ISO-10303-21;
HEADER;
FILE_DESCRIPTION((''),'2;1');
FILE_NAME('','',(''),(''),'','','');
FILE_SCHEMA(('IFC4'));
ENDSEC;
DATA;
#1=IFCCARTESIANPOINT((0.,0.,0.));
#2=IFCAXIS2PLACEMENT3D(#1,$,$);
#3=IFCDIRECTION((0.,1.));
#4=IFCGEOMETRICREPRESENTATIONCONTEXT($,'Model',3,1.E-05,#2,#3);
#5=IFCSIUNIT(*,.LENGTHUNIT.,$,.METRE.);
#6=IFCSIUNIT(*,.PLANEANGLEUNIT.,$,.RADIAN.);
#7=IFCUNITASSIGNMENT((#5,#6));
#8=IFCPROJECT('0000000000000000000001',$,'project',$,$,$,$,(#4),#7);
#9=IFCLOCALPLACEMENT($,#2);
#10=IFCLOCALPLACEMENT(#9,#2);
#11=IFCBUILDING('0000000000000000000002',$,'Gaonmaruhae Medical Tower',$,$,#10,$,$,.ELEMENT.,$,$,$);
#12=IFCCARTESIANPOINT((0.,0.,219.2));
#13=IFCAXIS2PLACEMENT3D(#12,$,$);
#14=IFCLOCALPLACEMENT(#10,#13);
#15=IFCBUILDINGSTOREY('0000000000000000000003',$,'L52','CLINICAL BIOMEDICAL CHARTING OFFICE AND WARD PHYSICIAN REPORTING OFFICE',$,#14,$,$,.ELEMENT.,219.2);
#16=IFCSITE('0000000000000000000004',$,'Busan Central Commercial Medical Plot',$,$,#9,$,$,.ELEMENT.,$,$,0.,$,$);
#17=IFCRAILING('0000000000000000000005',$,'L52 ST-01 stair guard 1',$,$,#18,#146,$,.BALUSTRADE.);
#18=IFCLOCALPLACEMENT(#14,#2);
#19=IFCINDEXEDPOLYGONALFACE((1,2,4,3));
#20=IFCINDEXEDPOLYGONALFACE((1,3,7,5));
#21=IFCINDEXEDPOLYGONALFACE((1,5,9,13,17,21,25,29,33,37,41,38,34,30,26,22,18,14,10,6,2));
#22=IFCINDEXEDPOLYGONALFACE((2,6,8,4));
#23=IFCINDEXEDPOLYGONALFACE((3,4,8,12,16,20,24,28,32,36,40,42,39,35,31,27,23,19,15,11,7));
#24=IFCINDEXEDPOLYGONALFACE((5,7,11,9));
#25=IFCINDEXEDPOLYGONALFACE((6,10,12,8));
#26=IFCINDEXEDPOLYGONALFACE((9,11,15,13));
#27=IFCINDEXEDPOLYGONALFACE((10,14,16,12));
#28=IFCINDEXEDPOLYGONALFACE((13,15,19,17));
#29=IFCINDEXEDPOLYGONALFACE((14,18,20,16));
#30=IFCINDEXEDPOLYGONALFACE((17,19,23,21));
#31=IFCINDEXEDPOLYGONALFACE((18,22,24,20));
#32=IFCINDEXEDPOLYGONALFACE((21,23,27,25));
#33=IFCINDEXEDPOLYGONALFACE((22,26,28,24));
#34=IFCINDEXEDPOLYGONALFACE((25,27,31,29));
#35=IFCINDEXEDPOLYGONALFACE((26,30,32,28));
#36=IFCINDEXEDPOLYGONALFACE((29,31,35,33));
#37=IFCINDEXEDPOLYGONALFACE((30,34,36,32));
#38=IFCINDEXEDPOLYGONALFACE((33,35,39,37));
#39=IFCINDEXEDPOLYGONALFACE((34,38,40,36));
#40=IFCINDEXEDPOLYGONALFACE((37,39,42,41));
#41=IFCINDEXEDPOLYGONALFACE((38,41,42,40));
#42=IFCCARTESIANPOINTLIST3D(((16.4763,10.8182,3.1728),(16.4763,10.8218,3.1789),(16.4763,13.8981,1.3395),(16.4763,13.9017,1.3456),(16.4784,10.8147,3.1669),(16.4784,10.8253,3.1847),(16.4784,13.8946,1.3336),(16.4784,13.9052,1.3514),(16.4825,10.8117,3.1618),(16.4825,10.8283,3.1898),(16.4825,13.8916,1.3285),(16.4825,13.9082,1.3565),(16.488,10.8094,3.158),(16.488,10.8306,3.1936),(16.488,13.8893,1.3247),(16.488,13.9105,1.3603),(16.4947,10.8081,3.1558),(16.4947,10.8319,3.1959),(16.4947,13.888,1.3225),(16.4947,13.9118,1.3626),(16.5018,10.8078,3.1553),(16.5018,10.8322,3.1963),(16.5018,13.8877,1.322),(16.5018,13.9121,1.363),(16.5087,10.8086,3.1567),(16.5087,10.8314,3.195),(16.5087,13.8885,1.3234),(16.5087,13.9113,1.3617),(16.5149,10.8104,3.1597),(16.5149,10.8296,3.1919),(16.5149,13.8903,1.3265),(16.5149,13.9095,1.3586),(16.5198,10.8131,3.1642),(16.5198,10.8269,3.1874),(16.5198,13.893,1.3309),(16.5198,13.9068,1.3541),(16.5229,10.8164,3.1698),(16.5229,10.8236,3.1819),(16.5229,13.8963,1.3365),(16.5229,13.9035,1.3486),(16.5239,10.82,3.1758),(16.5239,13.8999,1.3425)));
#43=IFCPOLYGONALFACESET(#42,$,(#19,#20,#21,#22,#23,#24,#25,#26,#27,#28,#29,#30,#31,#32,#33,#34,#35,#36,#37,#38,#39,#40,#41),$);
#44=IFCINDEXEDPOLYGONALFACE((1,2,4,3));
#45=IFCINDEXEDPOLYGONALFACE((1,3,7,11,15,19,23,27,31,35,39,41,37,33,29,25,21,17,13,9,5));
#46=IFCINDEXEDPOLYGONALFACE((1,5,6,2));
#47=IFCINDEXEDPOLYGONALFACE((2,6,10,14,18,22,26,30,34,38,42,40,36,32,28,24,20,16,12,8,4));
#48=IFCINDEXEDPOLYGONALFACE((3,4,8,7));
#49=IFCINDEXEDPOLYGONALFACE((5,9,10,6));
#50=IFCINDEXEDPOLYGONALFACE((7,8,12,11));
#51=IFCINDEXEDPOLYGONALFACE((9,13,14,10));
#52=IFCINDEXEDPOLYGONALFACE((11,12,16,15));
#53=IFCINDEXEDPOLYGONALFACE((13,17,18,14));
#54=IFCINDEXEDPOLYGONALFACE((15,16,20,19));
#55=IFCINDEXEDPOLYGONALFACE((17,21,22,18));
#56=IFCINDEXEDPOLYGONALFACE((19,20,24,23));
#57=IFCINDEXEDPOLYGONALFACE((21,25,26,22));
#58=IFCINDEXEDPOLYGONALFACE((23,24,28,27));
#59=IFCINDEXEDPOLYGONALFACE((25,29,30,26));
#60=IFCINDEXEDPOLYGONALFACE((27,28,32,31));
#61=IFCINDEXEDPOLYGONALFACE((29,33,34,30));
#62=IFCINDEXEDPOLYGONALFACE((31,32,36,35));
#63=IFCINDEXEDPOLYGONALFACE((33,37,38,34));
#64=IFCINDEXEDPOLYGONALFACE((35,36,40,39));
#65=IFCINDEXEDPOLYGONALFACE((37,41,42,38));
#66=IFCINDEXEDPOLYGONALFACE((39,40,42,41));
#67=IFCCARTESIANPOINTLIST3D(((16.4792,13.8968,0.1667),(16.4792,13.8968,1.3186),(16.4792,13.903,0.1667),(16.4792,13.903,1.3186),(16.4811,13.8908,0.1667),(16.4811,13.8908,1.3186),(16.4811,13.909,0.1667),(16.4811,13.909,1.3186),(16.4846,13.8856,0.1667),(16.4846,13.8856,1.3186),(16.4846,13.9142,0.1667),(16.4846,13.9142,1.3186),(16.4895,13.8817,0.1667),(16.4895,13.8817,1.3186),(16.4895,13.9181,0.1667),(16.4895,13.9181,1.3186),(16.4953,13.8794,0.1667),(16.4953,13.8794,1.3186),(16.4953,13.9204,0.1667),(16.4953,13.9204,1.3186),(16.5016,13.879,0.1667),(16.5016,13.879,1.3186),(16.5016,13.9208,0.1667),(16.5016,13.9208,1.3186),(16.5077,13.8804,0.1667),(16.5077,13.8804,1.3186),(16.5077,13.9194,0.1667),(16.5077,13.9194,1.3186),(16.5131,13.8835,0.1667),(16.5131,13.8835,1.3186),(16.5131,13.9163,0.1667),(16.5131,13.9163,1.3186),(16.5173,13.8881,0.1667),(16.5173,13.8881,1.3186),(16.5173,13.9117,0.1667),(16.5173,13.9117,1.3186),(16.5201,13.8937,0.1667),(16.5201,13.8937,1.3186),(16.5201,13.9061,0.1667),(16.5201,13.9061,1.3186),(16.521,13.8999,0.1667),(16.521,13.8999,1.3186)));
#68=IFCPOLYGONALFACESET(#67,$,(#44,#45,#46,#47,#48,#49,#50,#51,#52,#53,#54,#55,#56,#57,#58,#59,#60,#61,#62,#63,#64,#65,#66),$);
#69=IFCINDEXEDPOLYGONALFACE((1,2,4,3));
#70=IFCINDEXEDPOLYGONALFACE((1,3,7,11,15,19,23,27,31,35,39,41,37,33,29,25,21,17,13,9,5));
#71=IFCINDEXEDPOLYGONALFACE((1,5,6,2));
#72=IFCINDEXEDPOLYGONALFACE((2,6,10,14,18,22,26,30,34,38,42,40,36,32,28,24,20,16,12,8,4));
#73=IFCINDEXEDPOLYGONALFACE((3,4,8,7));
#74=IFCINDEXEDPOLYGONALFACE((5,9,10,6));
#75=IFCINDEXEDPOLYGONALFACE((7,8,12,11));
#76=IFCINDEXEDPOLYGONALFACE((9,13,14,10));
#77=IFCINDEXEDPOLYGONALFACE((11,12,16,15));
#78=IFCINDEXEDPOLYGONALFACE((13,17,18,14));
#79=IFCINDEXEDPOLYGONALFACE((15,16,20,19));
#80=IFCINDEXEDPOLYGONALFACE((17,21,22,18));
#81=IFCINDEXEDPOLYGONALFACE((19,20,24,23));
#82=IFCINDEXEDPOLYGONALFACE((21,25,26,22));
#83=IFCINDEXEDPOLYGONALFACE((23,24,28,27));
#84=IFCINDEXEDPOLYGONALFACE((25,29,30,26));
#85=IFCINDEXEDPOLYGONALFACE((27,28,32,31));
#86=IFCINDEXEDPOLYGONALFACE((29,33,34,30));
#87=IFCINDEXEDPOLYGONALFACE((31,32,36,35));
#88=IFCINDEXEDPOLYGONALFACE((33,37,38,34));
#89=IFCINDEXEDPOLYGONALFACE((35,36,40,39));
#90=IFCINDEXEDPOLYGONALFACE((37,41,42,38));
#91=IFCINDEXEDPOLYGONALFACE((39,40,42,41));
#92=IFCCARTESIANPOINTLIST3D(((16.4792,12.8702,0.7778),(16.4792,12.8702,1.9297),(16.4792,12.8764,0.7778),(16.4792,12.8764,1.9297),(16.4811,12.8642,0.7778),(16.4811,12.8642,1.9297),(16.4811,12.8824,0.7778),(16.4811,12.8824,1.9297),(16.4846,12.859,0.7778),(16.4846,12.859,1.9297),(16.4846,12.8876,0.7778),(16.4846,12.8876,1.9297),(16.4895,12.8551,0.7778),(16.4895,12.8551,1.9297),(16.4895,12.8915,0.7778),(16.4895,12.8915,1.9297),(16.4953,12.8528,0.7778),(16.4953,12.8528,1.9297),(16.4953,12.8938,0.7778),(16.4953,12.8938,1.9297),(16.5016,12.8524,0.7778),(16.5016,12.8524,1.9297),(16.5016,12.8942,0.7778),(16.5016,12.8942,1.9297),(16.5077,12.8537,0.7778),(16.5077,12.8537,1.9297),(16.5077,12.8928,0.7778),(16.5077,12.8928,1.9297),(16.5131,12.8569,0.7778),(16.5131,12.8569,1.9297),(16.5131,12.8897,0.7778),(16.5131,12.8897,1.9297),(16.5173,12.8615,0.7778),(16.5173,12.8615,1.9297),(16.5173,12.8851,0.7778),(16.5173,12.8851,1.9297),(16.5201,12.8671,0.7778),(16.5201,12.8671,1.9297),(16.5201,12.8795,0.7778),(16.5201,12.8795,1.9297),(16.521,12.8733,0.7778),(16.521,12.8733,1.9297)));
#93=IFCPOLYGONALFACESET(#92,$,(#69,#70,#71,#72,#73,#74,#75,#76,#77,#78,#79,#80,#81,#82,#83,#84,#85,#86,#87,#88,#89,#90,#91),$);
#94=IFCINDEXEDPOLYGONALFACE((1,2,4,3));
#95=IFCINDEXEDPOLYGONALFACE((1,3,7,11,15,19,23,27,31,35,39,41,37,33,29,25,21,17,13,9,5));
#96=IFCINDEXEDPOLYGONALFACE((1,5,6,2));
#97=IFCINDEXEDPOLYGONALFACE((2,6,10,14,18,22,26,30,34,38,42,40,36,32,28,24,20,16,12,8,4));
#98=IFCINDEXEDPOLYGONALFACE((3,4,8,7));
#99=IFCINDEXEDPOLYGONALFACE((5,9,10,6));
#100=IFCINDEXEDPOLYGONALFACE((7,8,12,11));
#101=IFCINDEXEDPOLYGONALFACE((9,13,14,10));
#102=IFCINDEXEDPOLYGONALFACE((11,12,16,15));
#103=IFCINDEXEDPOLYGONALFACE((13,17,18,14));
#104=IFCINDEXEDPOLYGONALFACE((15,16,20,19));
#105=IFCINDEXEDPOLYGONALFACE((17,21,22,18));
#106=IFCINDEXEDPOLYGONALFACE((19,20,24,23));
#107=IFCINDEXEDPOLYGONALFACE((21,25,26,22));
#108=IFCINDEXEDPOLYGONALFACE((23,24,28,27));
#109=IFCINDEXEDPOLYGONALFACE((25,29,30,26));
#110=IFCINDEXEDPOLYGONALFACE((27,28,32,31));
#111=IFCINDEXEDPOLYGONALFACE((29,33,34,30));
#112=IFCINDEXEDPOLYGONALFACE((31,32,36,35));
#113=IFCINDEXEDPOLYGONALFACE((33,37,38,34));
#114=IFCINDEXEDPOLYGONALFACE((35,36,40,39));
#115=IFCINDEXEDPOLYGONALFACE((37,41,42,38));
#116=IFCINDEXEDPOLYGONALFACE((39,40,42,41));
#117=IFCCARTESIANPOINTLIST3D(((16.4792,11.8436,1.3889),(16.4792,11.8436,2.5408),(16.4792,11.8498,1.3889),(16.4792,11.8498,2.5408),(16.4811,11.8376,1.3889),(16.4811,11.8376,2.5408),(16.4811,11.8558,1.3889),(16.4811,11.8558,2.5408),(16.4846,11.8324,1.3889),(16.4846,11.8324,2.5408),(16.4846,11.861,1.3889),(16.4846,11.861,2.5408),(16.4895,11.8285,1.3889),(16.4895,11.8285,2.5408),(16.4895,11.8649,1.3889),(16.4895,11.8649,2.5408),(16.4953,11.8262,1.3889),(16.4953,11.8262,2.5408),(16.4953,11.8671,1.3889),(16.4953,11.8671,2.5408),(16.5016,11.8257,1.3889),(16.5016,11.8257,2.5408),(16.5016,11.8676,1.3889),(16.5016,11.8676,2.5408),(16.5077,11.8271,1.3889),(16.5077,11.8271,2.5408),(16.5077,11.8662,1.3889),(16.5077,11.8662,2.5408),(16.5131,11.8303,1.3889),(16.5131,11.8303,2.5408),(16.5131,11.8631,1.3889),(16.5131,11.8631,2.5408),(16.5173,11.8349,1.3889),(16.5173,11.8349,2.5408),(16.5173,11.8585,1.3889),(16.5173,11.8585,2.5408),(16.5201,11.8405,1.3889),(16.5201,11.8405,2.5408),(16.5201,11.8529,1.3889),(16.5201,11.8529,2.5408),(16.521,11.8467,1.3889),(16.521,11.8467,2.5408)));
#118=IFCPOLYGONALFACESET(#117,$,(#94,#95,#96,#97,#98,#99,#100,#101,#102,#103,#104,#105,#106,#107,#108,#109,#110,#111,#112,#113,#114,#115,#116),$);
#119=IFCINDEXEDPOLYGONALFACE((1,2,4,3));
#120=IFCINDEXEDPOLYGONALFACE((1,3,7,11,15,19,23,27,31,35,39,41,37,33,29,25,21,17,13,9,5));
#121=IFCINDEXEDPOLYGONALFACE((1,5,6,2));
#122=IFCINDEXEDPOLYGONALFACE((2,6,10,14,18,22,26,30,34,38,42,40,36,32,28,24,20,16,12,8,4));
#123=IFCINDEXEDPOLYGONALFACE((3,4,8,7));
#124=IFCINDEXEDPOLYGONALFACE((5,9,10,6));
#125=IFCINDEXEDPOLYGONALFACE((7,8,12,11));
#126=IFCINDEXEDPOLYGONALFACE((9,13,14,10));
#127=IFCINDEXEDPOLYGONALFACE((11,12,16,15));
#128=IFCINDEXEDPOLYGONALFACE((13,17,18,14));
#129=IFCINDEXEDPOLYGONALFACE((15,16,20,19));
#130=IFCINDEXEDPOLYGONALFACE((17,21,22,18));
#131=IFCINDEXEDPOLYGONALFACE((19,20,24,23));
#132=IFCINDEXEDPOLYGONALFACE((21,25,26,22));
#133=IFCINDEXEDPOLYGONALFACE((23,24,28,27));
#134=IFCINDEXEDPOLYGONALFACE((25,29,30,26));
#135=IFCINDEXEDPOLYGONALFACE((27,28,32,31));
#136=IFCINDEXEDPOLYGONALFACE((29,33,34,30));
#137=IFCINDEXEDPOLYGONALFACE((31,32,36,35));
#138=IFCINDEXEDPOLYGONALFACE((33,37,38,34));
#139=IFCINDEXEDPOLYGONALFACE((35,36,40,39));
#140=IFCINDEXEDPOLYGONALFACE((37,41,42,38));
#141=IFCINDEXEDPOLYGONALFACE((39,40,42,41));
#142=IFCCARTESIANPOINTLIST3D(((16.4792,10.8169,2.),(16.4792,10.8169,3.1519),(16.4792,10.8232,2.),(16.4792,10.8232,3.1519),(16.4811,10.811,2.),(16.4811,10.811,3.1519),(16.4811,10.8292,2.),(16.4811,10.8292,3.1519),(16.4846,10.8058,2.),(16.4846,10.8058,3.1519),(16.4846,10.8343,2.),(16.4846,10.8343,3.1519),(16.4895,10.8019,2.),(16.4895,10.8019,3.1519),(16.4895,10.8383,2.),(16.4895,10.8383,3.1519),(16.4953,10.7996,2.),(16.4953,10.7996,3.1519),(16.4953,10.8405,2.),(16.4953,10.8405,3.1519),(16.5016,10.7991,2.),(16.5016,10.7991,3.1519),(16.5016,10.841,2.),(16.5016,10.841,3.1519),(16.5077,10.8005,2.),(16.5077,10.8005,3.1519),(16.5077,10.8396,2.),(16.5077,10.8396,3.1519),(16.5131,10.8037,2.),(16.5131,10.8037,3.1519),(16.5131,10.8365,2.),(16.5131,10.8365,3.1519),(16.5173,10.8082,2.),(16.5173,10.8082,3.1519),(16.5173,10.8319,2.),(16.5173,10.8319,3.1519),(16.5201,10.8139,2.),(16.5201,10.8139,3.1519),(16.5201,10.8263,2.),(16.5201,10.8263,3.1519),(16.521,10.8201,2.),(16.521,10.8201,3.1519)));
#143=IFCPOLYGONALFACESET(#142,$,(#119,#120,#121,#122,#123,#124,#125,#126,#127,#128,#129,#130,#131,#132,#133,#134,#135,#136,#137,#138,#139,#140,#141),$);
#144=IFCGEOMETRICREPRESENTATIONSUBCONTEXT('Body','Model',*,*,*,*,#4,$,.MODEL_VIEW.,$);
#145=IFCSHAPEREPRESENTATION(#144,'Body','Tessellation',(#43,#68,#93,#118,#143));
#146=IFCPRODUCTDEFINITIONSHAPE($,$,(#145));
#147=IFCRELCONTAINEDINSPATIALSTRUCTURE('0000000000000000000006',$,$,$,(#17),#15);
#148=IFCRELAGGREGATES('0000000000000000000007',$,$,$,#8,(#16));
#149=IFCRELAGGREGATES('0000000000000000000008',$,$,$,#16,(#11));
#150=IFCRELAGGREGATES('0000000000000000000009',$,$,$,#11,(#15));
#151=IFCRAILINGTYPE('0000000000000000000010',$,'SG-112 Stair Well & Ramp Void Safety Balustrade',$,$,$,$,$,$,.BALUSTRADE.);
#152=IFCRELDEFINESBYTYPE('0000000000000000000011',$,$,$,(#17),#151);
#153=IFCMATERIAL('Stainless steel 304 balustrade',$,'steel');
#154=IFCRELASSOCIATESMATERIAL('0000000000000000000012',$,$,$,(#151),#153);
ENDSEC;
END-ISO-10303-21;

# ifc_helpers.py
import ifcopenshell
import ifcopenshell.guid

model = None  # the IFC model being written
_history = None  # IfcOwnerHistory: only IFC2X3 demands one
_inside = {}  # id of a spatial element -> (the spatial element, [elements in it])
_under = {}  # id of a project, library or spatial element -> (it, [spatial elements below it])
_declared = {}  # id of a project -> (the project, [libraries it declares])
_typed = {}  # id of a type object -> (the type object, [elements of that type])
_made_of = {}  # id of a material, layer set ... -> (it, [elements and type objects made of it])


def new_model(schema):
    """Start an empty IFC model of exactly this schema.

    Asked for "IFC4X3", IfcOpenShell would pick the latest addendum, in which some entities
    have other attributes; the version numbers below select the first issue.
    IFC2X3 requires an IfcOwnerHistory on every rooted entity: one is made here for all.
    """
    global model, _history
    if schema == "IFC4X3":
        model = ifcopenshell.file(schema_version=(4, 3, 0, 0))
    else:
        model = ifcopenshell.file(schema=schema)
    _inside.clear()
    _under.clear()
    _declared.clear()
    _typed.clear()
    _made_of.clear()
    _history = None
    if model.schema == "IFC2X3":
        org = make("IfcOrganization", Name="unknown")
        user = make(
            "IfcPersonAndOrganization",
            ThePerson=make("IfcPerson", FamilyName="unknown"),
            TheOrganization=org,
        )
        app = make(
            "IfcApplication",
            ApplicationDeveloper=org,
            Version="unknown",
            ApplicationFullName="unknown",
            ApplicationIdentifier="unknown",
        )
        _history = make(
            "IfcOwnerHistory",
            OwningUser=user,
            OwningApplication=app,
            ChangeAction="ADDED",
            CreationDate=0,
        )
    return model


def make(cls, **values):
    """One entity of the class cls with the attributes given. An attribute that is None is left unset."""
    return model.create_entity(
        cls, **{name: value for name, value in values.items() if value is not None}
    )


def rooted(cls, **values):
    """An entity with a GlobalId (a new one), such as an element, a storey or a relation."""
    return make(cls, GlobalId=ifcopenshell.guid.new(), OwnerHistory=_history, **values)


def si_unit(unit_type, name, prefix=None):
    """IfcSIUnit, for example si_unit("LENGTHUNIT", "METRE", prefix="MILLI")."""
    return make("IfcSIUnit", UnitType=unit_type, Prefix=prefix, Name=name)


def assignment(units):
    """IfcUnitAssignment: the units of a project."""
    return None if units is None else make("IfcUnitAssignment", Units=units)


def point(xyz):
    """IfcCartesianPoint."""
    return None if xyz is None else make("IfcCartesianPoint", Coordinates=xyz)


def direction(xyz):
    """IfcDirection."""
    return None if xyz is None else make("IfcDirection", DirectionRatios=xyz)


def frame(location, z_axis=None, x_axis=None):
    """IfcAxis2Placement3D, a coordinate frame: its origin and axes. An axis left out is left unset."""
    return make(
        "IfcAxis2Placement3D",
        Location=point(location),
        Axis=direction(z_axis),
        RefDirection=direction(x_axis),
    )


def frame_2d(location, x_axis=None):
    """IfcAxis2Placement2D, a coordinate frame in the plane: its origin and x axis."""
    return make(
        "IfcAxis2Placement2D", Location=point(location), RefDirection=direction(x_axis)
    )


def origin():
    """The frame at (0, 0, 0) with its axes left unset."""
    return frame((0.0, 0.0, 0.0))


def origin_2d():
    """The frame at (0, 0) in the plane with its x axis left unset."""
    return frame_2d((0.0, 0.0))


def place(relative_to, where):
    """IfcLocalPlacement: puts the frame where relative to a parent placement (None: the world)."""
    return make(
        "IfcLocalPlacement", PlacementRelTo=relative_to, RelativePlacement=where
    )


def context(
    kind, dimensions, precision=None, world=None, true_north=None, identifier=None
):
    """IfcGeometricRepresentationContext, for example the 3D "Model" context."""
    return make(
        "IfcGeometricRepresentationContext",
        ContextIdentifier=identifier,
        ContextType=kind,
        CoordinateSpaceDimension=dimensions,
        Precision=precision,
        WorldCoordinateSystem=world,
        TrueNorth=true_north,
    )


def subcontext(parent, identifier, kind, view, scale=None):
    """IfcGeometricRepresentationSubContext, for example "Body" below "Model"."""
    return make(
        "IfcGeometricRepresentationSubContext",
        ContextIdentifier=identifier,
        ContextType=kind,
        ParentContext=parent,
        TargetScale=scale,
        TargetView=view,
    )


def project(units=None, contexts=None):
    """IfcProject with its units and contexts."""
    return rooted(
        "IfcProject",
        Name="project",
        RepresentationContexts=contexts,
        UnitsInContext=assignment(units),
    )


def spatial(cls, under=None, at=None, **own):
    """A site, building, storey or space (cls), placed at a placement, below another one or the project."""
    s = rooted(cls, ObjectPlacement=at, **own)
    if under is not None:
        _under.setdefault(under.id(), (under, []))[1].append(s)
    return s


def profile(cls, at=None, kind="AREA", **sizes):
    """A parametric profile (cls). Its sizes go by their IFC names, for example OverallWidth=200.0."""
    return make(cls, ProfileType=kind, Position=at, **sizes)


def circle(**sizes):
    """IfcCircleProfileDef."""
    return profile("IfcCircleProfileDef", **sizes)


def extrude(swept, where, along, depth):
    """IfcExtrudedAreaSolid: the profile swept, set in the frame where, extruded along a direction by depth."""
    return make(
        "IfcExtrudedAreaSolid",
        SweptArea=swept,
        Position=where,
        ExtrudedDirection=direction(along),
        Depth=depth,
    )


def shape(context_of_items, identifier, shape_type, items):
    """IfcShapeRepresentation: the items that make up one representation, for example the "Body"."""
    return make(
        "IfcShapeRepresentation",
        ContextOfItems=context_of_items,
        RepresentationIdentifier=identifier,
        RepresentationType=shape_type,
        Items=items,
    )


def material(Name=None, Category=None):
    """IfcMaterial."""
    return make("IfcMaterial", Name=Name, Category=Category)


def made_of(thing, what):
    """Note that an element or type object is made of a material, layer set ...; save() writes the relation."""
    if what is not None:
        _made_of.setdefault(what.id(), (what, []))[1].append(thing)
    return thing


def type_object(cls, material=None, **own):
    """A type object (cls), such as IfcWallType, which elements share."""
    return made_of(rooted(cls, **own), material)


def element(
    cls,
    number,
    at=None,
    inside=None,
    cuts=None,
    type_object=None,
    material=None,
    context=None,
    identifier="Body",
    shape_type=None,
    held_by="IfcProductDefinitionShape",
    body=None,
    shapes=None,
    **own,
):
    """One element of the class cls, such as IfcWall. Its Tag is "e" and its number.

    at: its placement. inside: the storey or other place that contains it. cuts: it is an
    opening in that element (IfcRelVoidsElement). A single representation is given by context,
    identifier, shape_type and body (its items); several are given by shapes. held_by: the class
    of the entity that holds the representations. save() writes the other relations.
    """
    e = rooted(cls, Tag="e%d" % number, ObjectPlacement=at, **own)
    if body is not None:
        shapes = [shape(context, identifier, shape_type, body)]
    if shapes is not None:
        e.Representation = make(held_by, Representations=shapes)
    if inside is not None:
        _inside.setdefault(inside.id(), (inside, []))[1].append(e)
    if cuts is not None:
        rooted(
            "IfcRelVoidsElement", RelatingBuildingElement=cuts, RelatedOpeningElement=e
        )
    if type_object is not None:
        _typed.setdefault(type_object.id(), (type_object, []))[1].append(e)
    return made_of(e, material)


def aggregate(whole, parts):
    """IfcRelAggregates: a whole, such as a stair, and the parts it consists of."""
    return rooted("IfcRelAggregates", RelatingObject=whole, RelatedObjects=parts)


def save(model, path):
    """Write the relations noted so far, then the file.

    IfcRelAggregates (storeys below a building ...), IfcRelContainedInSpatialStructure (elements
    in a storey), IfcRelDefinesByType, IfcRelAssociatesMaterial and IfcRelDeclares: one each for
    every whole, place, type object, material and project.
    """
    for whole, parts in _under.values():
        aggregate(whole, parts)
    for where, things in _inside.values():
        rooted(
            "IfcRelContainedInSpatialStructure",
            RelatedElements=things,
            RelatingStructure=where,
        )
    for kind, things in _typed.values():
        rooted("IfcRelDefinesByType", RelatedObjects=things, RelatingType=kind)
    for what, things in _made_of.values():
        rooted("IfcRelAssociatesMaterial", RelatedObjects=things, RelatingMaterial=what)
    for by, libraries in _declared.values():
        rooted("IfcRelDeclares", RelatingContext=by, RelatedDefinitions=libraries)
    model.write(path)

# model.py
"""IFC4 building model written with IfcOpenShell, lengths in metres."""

from ifc_helpers import new_model, si_unit, direction, frame, origin, origin_2d, place, context, subcontext, project, spatial, circle, extrude, material, type_object, element, save


model = new_model("IFC4")

# Units and contexts
model_context = context("Model", 3, precision=1e-05, world=origin(), true_north=direction((0.0, 1.0)))
body_context = subcontext(model_context, "Body", "Model", "MODEL_VIEW")
ifc_project = project(units=[si_unit("LENGTHUNIT", "METRE"), si_unit("PLANEANGLEUNIT", "RADIAN")], contexts=[model_context])

# Site, building, storey
site_placement = place(None, origin())
site = spatial("IfcSite", under=ifc_project, at=site_placement, Name="Busan Central Commercial Medical Plot", CompositionType="ELEMENT", RefElevation=0.0)
building_placement = place(site_placement, origin())
building = spatial("IfcBuilding", under=site, at=building_placement, Name="Gaonmaruhae Medical Tower", CompositionType="ELEMENT")
storey_placement = place(building_placement, frame((0.0, 0.0, 219.2)))
storey = spatial("IfcBuildingStorey", under=building, at=storey_placement, Name="L52", Description="CLINICAL BIOMEDICAL CHARTING OFFICE AND WARD PHYSICIAN REPORTING OFFICE", CompositionType="ELEMENT", Elevation=219.2)

# Railing
ifc_material_1 = material(Name="Stainless steel 304 balustrade", Category="steel")
railing_type_1 = type_object("IfcRailingType", Name="SG-112 Stair Well & Ramp Void Safety Balustrade", PredefinedType="BALUSTRADE", material=ifc_material_1)
railing_1_placement = place(storey_placement, frame((16.5, 13.8999, 0.1667)))
element("IfcRailing", 1, at=railing_1_placement, inside=storey, type_object=railing_type_1, Name="L52 ST-01 stair guard 1", PredefinedType="BALUSTRADE", context=body_context, shape_type="SweptSolid", body=[
    extrude(circle(Radius=0.0239, at=origin_2d()), frame((0.0, 0.0, 1.1758), z_axis=(0.0, -0.859291, 0.511487), x_axis=(1.0, 0.0, 0.0)), (0.0, 0.0, 1.0), 3.5842),
    extrude(circle(Radius=0.021, at=origin_2d()), origin(), (0.0, 0.0, 1.0), 1.1519),
    extrude(circle(Radius=0.021, at=origin_2d()), frame((0.0, -1.0266, 0.6111)), (0.0, 0.0, 1.0), 1.1519),
    extrude(circle(Radius=0.021, at=origin_2d()), frame((0.0, -2.0532, 1.2222)), (0.0, 0.0, 1.0), 1.1519),
    extrude(circle(Radius=0.021, at=origin_2d()), frame((0.0, -3.0798, 1.8333)), (0.0, 0.0, 1.0), 1.1519),
])

save(model, "model.ifc")
